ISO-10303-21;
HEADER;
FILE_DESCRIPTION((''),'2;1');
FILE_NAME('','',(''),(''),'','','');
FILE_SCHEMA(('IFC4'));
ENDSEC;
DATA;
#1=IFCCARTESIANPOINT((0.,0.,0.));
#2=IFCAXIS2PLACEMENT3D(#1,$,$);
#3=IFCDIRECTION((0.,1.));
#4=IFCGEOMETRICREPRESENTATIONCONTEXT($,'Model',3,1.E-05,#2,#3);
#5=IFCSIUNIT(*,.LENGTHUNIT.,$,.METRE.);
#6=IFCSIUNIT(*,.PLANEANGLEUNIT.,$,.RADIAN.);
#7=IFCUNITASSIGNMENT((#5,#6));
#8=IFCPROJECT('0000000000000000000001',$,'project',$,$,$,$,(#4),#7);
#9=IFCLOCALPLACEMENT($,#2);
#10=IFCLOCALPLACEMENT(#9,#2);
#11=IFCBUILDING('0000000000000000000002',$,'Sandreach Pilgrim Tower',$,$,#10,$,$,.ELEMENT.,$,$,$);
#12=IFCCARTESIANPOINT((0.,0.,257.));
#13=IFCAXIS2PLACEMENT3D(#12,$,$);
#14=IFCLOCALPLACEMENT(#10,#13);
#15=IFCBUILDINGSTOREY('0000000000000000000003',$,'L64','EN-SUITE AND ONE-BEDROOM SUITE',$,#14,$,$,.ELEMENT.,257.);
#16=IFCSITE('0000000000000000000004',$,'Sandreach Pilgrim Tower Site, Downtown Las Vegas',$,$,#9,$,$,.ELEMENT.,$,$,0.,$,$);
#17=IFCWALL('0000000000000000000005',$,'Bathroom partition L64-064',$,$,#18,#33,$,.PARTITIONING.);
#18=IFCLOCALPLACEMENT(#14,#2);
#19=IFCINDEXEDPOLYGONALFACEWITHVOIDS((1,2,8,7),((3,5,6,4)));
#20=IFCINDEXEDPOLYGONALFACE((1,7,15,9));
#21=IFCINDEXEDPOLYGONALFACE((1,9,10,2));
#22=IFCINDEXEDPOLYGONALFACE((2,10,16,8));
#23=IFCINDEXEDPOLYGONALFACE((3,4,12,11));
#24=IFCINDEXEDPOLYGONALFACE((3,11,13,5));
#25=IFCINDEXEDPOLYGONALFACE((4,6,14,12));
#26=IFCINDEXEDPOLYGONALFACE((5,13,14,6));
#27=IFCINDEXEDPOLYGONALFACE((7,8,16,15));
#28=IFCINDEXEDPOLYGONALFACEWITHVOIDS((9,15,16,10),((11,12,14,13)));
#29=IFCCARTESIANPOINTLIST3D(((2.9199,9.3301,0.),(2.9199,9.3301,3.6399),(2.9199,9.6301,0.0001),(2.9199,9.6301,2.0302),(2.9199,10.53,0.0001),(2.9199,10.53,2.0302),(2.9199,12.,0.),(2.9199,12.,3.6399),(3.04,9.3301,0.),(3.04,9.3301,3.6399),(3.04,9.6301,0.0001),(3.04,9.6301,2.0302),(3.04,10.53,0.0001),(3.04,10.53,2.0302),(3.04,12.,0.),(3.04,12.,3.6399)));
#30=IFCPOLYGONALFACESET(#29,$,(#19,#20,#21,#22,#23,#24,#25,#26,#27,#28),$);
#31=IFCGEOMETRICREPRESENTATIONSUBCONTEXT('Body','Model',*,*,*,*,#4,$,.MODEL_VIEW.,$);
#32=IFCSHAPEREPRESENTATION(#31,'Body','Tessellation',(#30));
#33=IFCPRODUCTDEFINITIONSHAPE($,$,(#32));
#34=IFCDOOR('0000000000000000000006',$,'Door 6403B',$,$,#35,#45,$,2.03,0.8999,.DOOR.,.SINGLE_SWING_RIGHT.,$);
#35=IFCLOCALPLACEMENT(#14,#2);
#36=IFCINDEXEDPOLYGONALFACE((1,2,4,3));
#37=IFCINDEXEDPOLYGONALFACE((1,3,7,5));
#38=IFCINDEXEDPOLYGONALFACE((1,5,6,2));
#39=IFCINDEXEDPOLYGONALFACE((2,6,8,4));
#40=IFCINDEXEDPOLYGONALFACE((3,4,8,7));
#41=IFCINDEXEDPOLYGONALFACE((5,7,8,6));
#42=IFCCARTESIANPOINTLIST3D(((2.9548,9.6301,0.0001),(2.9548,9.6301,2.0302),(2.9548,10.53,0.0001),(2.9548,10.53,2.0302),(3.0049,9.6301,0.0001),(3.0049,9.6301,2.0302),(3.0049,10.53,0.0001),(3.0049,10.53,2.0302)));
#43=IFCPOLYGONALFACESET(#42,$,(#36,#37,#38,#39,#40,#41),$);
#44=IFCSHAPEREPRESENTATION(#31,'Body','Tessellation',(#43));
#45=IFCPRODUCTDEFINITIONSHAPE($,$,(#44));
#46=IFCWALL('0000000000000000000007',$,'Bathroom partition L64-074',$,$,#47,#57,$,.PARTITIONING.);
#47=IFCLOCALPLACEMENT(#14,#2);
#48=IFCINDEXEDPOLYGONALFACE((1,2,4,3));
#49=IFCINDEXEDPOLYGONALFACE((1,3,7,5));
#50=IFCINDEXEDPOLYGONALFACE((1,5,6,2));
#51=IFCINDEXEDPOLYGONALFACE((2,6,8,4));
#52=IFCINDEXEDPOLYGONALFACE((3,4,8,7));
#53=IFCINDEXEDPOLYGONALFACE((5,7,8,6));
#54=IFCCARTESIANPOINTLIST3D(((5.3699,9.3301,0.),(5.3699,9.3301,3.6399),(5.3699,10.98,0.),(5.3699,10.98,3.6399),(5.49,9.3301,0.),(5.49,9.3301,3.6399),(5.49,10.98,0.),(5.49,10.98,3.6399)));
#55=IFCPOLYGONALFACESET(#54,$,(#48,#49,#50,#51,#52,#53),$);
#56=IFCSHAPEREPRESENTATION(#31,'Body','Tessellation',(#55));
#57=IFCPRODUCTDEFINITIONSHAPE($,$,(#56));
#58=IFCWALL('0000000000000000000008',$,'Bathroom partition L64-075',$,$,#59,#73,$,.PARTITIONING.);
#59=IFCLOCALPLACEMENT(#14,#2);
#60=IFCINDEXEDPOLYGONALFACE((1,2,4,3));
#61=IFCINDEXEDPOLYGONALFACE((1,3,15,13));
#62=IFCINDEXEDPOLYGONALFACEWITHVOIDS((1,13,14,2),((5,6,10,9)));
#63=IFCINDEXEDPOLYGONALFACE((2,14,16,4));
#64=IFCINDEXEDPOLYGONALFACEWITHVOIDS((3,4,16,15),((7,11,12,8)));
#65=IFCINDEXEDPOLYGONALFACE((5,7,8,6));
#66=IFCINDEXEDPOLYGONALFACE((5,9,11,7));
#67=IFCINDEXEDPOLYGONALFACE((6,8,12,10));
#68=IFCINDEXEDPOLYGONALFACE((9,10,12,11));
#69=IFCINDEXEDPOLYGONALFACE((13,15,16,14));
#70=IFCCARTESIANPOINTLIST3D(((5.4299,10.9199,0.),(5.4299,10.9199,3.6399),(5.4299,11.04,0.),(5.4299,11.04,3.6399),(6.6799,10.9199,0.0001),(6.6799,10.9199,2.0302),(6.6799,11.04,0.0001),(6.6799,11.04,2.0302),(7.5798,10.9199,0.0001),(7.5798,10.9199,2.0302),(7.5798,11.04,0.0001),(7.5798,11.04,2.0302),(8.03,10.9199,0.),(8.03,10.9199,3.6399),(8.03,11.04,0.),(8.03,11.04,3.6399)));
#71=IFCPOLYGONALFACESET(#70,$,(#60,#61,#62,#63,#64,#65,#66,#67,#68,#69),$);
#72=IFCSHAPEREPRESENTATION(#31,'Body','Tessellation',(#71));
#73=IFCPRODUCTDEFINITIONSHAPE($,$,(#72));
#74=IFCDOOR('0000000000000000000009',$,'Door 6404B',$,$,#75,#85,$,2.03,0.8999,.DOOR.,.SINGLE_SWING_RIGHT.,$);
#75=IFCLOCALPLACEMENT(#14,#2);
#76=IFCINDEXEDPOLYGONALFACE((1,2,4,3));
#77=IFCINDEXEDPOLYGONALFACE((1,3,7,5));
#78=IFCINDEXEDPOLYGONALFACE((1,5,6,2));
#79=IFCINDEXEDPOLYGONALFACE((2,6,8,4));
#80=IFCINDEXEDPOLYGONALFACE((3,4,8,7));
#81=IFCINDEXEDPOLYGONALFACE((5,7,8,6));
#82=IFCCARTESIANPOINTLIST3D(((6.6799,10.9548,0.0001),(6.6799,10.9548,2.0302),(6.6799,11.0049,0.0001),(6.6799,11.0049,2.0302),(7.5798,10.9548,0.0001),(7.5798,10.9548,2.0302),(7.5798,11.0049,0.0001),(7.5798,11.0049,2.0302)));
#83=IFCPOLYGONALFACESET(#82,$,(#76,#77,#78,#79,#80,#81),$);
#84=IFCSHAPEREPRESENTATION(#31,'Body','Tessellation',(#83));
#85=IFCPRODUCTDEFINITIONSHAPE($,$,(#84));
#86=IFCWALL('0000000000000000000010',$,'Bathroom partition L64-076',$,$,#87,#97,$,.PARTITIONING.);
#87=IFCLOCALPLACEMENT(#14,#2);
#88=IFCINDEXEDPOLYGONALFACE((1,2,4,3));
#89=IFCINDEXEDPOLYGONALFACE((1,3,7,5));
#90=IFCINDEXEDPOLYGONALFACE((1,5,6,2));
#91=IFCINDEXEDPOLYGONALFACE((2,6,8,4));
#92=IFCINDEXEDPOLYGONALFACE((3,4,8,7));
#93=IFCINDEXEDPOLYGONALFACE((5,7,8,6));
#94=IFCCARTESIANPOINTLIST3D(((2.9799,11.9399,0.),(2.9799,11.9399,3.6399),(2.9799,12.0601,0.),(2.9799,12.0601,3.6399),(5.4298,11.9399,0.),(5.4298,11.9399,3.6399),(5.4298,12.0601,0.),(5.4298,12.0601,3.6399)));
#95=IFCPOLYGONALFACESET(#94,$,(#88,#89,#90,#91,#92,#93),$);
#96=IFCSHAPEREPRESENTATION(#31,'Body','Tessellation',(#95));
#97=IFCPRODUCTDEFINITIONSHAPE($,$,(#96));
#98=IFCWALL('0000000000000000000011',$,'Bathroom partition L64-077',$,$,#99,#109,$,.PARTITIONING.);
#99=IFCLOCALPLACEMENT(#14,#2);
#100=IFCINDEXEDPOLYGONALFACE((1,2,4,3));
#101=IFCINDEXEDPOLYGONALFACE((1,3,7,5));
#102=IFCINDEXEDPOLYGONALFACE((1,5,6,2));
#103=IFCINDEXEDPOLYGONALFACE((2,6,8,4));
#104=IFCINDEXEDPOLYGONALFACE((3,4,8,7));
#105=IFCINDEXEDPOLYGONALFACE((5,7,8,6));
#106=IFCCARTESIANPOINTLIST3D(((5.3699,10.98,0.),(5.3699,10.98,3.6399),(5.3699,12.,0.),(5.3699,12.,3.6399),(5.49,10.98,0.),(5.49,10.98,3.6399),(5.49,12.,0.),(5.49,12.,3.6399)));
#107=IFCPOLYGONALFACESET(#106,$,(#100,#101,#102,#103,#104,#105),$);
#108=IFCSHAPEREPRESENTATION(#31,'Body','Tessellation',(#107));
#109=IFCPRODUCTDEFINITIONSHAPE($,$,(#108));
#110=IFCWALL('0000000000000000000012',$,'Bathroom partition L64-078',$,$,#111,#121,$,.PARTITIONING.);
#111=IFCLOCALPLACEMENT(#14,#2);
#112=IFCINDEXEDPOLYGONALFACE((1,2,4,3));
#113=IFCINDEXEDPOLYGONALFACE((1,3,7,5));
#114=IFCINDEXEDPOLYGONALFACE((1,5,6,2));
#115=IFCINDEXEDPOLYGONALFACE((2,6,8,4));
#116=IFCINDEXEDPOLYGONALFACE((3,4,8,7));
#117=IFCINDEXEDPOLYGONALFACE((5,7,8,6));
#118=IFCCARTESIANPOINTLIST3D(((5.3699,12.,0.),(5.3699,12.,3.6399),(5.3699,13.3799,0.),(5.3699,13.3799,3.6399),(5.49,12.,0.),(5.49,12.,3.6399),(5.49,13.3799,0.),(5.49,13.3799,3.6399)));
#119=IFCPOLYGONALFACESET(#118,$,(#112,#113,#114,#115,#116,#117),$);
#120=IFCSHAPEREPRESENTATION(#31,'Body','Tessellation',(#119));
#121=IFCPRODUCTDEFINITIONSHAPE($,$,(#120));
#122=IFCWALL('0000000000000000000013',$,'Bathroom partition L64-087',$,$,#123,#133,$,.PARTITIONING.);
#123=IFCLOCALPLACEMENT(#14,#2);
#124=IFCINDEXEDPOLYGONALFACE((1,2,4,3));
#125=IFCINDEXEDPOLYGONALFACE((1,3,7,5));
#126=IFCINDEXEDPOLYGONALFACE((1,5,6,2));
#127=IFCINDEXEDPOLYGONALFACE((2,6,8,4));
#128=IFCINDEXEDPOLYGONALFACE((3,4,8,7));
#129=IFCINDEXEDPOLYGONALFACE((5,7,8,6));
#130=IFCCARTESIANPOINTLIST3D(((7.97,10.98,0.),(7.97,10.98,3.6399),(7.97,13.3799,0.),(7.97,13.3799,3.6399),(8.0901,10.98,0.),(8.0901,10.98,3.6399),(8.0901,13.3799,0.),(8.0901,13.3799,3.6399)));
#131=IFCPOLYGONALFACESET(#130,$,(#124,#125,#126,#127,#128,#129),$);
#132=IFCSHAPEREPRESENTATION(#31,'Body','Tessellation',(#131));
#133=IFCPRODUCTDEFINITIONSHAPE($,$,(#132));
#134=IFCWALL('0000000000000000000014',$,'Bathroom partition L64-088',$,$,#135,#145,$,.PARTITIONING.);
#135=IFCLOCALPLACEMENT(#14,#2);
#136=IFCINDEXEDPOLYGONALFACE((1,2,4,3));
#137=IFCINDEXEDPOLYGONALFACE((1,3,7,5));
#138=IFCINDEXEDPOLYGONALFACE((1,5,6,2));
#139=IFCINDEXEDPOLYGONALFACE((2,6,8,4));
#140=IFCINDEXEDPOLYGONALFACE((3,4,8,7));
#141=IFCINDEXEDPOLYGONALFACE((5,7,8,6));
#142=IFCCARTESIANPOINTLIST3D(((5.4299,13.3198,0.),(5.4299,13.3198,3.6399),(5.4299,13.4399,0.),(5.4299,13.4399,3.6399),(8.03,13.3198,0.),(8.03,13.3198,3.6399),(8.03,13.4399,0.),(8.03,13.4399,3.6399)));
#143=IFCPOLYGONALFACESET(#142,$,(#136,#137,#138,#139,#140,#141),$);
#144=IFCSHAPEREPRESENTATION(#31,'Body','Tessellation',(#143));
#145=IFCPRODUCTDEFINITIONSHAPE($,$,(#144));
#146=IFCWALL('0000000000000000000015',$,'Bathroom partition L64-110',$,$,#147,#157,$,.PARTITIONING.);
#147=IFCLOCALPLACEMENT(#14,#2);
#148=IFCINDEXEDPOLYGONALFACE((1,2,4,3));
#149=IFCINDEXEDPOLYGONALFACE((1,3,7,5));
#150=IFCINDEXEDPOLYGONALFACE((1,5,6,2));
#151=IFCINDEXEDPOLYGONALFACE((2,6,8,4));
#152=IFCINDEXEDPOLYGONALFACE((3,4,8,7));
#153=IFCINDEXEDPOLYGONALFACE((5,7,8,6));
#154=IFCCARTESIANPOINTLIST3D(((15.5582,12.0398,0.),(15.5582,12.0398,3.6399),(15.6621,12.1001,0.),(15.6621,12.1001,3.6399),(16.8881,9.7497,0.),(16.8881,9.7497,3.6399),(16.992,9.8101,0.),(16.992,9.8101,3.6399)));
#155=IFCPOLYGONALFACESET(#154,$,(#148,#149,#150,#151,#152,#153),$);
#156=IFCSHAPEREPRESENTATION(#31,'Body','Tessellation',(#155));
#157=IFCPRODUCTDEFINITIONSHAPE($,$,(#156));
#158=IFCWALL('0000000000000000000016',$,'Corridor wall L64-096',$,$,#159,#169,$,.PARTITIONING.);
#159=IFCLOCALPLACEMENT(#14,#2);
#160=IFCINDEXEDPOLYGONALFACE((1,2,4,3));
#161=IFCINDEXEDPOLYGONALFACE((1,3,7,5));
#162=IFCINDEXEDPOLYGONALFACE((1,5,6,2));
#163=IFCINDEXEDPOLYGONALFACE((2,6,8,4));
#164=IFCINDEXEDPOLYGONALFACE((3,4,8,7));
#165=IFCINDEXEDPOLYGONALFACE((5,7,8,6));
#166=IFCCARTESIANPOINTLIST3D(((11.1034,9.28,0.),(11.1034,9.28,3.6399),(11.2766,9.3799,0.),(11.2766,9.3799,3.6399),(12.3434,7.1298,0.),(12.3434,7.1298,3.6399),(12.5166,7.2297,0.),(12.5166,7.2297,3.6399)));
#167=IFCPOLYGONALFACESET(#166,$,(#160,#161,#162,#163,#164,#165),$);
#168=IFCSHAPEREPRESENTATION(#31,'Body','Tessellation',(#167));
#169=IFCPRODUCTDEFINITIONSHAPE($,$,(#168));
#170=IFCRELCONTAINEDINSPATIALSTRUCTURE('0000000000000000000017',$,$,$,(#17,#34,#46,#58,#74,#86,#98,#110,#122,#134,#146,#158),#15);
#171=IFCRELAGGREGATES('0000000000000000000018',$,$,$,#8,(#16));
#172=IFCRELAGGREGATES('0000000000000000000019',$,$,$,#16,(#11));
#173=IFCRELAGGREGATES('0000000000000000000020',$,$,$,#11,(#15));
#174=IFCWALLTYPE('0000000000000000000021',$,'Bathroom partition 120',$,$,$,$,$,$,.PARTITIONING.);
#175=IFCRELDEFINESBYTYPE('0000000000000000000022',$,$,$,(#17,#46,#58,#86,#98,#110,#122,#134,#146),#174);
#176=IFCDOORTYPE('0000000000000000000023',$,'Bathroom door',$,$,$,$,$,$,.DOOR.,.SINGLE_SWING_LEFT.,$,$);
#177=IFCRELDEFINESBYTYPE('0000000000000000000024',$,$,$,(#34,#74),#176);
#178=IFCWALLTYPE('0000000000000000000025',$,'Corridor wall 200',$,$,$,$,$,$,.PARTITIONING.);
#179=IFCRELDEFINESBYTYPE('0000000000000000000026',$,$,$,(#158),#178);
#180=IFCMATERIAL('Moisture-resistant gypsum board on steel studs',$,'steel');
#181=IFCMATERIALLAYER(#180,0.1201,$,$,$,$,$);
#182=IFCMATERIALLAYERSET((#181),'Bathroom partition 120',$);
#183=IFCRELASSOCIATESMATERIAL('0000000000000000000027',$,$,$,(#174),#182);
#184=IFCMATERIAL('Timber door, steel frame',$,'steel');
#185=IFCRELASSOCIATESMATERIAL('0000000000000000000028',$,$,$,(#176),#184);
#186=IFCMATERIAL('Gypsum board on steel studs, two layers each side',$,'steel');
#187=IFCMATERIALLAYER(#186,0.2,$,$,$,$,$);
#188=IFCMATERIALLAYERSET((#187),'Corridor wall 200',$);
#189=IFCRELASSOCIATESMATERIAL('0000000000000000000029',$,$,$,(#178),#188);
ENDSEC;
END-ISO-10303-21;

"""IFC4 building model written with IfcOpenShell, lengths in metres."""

from ifc_helpers import new_model, si_unit, direction, frame, frame_2d, origin, place, context, subcontext, project, spatial, rectangle, extrude, material, layer, layer_set, type_object, element, fill, save


model = new_model("IFC4")

# Units and contexts
model_context = context("Model", 3, precision=1e-05, world=origin(), true_north=direction((0.0, 1.0)))
body_context = subcontext(model_context, "Body", "Model", "MODEL_VIEW")
ifc_project = project(units=[si_unit("LENGTHUNIT", "METRE"), si_unit("PLANEANGLEUNIT", "RADIAN")], contexts=[model_context])

# Site, building, storey
site_placement = place(None, origin())
site = spatial("IfcSite", under=ifc_project, at=site_placement, Name="Sandreach Pilgrim Tower Site, Downtown Las Vegas", CompositionType="ELEMENT", RefElevation=0.0)
building_placement = place(site_placement, origin())
building = spatial("IfcBuilding", under=site, at=building_placement, Name="Sandreach Pilgrim Tower", CompositionType="ELEMENT")
storey_placement = place(building_placement, frame((0.0, 0.0, 257.0)))
storey = spatial("IfcBuildingStorey", under=building, at=storey_placement, Name="L64", Description="EN-SUITE AND ONE-BEDROOM SUITE", CompositionType="ELEMENT", Elevation=257.0)

# Shared definitions
ifc_material_1 = material(Name="Moisture-resistant gypsum board on steel studs", Category="steel")
ifc_layer_1 = layer(ifc_material_1, 0.1201)
ifc_layer_set_1 = layer_set([ifc_layer_1], Name="Bathroom partition 120")
wall_type_1 = type_object("IfcWallType", Name="Bathroom partition 120", PredefinedType="PARTITIONING", material=ifc_layer_set_1)

# Wall, opening, door
wall_1_placement = place(storey_placement, frame((2.98, 12.0, 0.0), z_axis=(0.0, 0.0, 1.0), x_axis=(0.0, -1.0, 0.0)))
wall_1 = element("IfcWall", 1, at=wall_1_placement, inside=storey, type_object=wall_type_1, Name="Bathroom partition L64-064", PredefinedType="PARTITIONING", context=body_context, shape_type="SweptSolid", body=[
    extrude(rectangle(XDim=2.6699, YDim=0.1201, at=frame_2d((1.335, 0.0))), origin(), (0.0, 0.0, 1.0), 3.6399),
])
opening_1_placement = place(wall_1_placement, frame((1.47, 0.0, 0.0)))
opening_1 = element("IfcOpeningElement", 2, at=opening_1_placement, cuts=wall_1, PredefinedType="OPENING", context=body_context, shape_type="SweptSolid", body=[
    extrude(rectangle(XDim=0.8999, YDim=2.03, at=frame_2d((0.45, 1.0151))), frame((0.0, 0.0601, 0.0), z_axis=(0.0, -1.0, 0.0), x_axis=(1.0, 0.0, 0.0)), (0.0, 0.0, 1.0), 0.1201),
])
ifc_material_2 = material(Name="Timber door, steel frame", Category="steel")
door_type_1 = type_object("IfcDoorType", Name="Bathroom door", OperationType="SINGLE_SWING_LEFT", PredefinedType="DOOR", material=ifc_material_2)
door_1_placement = place(opening_1_placement, origin())
door_1 = element("IfcDoor", 3, at=door_1_placement, inside=storey, type_object=door_type_1, Name="Door 6403B", OperationType="SINGLE_SWING_RIGHT", OverallHeight=2.03, OverallWidth=0.8999, PredefinedType="DOOR", context=body_context, shape_type="SweptSolid", body=[
    extrude(rectangle(XDim=0.8999, YDim=2.03, at=frame_2d((0.45, 1.0151))), frame((0.0, 0.0249, 0.0), z_axis=(0.0, -1.0, 0.0), x_axis=(1.0, 0.0, 0.0)), (0.0, 0.0, 1.0), 0.05),
])
fill(opening_1, door_1)

# Wall
wall_2_placement = place(storey_placement, frame((5.4299, 10.98, 0.0), z_axis=(0.0, 0.0, 1.0), x_axis=(0.0, -1.0, 0.0)))
element("IfcWall", 4, at=wall_2_placement, inside=storey, type_object=wall_type_1, Name="Bathroom partition L64-074", PredefinedType="PARTITIONING", context=body_context, shape_type="SweptSolid", body=[
    extrude(rectangle(XDim=1.6499, YDim=0.1201, at=frame_2d((0.825, 0.0))), origin(), (0.0, 0.0, 1.0), 3.6399),
])

# Wall, opening, door
wall_3_placement = place(storey_placement, frame((5.4299, 10.98, 0.0), z_axis=(0.0, 0.0, 1.0), x_axis=(1.0, 0.0, 0.0)))
wall_3 = element("IfcWall", 5, at=wall_3_placement, inside=storey, type_object=wall_type_1, Name="Bathroom partition L64-075", PredefinedType="PARTITIONING", context=body_context, shape_type="SweptSolid", body=[
    extrude(rectangle(XDim=2.6001, YDim=0.1201, at=frame_2d((1.3, 0.0))), origin(), (0.0, 0.0, 1.0), 3.6399),
])
opening_2_placement = place(wall_3_placement, frame((1.25, 0.0, 0.0)))
opening_2 = element("IfcOpeningElement", 6, at=opening_2_placement, cuts=wall_3, PredefinedType="OPENING", context=body_context, shape_type="SweptSolid", body=[
    extrude(rectangle(XDim=0.8999, YDim=2.03, at=frame_2d((0.45, 1.0151))), frame((0.0, 0.0601, 0.0), z_axis=(0.0, -1.0, 0.0), x_axis=(1.0, 0.0, 0.0)), (0.0, 0.0, 1.0), 0.1201),
])
door_2_placement = place(opening_2_placement, origin())
door_2 = element("IfcDoor", 7, at=door_2_placement, inside=storey, type_object=door_type_1, Name="Door 6404B", OperationType="SINGLE_SWING_RIGHT", OverallHeight=2.03, OverallWidth=0.8999, PredefinedType="DOOR", context=body_context, shape_type="SweptSolid", body=[
    extrude(rectangle(XDim=0.8999, YDim=2.03, at=frame_2d((0.45, 1.0151))), frame((0.0, 0.0249, 0.0), z_axis=(0.0, -1.0, 0.0), x_axis=(1.0, 0.0, 0.0)), (0.0, 0.0, 1.0), 0.05),
])
fill(opening_2, door_2)

# Walls
wall_4_placement = place(storey_placement, frame((5.4299, 12.0, 0.0), z_axis=(0.0, 0.0, 1.0), x_axis=(-1.0, 0.0, 0.0)))
element("IfcWall", 8, at=wall_4_placement, inside=storey, type_object=wall_type_1, Name="Bathroom partition L64-076", PredefinedType="PARTITIONING", context=body_context, shape_type="SweptSolid", body=[
    extrude(rectangle(XDim=2.45, YDim=0.1201, at=frame_2d((1.2251, 0.0))), origin(), (0.0, 0.0, 1.0), 3.6399),
])
wall_5_placement = place(storey_placement, frame((5.4299, 12.0, 0.0), z_axis=(0.0, 0.0, 1.0), x_axis=(0.0, -1.0, 0.0)))
element("IfcWall", 9, at=wall_5_placement, inside=storey, type_object=wall_type_1, Name="Bathroom partition L64-077", PredefinedType="PARTITIONING", context=body_context, shape_type="SweptSolid", body=[
    extrude(rectangle(XDim=1.02, YDim=0.1201, at=frame_2d((0.51, 0.0))), origin(), (0.0, 0.0, 1.0), 3.6399),
])
wall_6_placement = place(storey_placement, frame((5.4299, 13.3799, 0.0), z_axis=(0.0, 0.0, 1.0), x_axis=(0.0, -1.0, 0.0)))
element("IfcWall", 10, at=wall_6_placement, inside=storey, type_object=wall_type_1, Name="Bathroom partition L64-078", PredefinedType="PARTITIONING", context=body_context, shape_type="SweptSolid", body=[
    extrude(rectangle(XDim=1.3799, YDim=0.1201, at=frame_2d((0.6899, 0.0))), origin(), (0.0, 0.0, 1.0), 3.6399),
])
wall_7_placement = place(storey_placement, frame((8.03, 10.98, 0.0), z_axis=(0.0, 0.0, 1.0), x_axis=(0.0, 1.0, 0.0)))
element("IfcWall", 11, at=wall_7_placement, inside=storey, type_object=wall_type_1, Name="Bathroom partition L64-087", PredefinedType="PARTITIONING", context=body_context, shape_type="SweptSolid", body=[
    extrude(rectangle(XDim=2.3999, YDim=0.1201, at=frame_2d((1.2, 0.0))), origin(), (0.0, 0.0, 1.0), 3.6399),
])
wall_8_placement = place(storey_placement, frame((8.03, 13.3799, 0.0), z_axis=(0.0, 0.0, 1.0), x_axis=(-1.0, 0.0, 0.0)))
element("IfcWall", 12, at=wall_8_placement, inside=storey, type_object=wall_type_1, Name="Bathroom partition L64-088", PredefinedType="PARTITIONING", context=body_context, shape_type="SweptSolid", body=[
    extrude(rectangle(XDim=2.6001, YDim=0.1201, at=frame_2d((1.3, 0.0))), origin(), (0.0, 0.0, 1.0), 3.6399),
])
wall_9_placement = place(storey_placement, frame((15.6101, 12.0701, 0.0), z_axis=(0.0, 0.0, 1.0), x_axis=(0.502173, -0.864767, 0.0)))
element("IfcWall", 13, at=wall_9_placement, inside=storey, type_object=wall_type_1, Name="Bathroom partition L64-110", PredefinedType="PARTITIONING", context=body_context, shape_type="SweptSolid", body=[
    extrude(rectangle(XDim=2.6482, YDim=0.1201, at=frame_2d((1.3242, 0.0))), origin(), (0.0, 0.0, 1.0), 3.6399),
])

# Shared definitions
ifc_material_3 = material(Name="Gypsum board on steel studs, two layers each side", Category="steel")
ifc_layer_2 = layer(ifc_material_3, 0.2)
ifc_layer_set_2 = layer_set([ifc_layer_2], Name="Corridor wall 200")
wall_type_2 = type_object("IfcWallType", Name="Corridor wall 200", PredefinedType="PARTITIONING", material=ifc_layer_set_2)

# Wall
wall_10_placement = place(storey_placement, frame((11.1899, 9.3301, 0.0), z_axis=(0.0, 0.0, 1.0), x_axis=(0.499578, -0.866269, 0.0)))
element("IfcWall", 14, at=wall_10_placement, inside=storey, type_object=wall_type_2, Name="Corridor wall L64-096", PredefinedType="PARTITIONING", context=body_context, shape_type="SweptSolid", body=[
    extrude(rectangle(XDim=2.4822, YDim=0.2, at=frame_2d((1.2412, 0.0))), origin(), (0.0, 0.0, 1.0), 3.6399),
])

save(model, "model.ifc")
